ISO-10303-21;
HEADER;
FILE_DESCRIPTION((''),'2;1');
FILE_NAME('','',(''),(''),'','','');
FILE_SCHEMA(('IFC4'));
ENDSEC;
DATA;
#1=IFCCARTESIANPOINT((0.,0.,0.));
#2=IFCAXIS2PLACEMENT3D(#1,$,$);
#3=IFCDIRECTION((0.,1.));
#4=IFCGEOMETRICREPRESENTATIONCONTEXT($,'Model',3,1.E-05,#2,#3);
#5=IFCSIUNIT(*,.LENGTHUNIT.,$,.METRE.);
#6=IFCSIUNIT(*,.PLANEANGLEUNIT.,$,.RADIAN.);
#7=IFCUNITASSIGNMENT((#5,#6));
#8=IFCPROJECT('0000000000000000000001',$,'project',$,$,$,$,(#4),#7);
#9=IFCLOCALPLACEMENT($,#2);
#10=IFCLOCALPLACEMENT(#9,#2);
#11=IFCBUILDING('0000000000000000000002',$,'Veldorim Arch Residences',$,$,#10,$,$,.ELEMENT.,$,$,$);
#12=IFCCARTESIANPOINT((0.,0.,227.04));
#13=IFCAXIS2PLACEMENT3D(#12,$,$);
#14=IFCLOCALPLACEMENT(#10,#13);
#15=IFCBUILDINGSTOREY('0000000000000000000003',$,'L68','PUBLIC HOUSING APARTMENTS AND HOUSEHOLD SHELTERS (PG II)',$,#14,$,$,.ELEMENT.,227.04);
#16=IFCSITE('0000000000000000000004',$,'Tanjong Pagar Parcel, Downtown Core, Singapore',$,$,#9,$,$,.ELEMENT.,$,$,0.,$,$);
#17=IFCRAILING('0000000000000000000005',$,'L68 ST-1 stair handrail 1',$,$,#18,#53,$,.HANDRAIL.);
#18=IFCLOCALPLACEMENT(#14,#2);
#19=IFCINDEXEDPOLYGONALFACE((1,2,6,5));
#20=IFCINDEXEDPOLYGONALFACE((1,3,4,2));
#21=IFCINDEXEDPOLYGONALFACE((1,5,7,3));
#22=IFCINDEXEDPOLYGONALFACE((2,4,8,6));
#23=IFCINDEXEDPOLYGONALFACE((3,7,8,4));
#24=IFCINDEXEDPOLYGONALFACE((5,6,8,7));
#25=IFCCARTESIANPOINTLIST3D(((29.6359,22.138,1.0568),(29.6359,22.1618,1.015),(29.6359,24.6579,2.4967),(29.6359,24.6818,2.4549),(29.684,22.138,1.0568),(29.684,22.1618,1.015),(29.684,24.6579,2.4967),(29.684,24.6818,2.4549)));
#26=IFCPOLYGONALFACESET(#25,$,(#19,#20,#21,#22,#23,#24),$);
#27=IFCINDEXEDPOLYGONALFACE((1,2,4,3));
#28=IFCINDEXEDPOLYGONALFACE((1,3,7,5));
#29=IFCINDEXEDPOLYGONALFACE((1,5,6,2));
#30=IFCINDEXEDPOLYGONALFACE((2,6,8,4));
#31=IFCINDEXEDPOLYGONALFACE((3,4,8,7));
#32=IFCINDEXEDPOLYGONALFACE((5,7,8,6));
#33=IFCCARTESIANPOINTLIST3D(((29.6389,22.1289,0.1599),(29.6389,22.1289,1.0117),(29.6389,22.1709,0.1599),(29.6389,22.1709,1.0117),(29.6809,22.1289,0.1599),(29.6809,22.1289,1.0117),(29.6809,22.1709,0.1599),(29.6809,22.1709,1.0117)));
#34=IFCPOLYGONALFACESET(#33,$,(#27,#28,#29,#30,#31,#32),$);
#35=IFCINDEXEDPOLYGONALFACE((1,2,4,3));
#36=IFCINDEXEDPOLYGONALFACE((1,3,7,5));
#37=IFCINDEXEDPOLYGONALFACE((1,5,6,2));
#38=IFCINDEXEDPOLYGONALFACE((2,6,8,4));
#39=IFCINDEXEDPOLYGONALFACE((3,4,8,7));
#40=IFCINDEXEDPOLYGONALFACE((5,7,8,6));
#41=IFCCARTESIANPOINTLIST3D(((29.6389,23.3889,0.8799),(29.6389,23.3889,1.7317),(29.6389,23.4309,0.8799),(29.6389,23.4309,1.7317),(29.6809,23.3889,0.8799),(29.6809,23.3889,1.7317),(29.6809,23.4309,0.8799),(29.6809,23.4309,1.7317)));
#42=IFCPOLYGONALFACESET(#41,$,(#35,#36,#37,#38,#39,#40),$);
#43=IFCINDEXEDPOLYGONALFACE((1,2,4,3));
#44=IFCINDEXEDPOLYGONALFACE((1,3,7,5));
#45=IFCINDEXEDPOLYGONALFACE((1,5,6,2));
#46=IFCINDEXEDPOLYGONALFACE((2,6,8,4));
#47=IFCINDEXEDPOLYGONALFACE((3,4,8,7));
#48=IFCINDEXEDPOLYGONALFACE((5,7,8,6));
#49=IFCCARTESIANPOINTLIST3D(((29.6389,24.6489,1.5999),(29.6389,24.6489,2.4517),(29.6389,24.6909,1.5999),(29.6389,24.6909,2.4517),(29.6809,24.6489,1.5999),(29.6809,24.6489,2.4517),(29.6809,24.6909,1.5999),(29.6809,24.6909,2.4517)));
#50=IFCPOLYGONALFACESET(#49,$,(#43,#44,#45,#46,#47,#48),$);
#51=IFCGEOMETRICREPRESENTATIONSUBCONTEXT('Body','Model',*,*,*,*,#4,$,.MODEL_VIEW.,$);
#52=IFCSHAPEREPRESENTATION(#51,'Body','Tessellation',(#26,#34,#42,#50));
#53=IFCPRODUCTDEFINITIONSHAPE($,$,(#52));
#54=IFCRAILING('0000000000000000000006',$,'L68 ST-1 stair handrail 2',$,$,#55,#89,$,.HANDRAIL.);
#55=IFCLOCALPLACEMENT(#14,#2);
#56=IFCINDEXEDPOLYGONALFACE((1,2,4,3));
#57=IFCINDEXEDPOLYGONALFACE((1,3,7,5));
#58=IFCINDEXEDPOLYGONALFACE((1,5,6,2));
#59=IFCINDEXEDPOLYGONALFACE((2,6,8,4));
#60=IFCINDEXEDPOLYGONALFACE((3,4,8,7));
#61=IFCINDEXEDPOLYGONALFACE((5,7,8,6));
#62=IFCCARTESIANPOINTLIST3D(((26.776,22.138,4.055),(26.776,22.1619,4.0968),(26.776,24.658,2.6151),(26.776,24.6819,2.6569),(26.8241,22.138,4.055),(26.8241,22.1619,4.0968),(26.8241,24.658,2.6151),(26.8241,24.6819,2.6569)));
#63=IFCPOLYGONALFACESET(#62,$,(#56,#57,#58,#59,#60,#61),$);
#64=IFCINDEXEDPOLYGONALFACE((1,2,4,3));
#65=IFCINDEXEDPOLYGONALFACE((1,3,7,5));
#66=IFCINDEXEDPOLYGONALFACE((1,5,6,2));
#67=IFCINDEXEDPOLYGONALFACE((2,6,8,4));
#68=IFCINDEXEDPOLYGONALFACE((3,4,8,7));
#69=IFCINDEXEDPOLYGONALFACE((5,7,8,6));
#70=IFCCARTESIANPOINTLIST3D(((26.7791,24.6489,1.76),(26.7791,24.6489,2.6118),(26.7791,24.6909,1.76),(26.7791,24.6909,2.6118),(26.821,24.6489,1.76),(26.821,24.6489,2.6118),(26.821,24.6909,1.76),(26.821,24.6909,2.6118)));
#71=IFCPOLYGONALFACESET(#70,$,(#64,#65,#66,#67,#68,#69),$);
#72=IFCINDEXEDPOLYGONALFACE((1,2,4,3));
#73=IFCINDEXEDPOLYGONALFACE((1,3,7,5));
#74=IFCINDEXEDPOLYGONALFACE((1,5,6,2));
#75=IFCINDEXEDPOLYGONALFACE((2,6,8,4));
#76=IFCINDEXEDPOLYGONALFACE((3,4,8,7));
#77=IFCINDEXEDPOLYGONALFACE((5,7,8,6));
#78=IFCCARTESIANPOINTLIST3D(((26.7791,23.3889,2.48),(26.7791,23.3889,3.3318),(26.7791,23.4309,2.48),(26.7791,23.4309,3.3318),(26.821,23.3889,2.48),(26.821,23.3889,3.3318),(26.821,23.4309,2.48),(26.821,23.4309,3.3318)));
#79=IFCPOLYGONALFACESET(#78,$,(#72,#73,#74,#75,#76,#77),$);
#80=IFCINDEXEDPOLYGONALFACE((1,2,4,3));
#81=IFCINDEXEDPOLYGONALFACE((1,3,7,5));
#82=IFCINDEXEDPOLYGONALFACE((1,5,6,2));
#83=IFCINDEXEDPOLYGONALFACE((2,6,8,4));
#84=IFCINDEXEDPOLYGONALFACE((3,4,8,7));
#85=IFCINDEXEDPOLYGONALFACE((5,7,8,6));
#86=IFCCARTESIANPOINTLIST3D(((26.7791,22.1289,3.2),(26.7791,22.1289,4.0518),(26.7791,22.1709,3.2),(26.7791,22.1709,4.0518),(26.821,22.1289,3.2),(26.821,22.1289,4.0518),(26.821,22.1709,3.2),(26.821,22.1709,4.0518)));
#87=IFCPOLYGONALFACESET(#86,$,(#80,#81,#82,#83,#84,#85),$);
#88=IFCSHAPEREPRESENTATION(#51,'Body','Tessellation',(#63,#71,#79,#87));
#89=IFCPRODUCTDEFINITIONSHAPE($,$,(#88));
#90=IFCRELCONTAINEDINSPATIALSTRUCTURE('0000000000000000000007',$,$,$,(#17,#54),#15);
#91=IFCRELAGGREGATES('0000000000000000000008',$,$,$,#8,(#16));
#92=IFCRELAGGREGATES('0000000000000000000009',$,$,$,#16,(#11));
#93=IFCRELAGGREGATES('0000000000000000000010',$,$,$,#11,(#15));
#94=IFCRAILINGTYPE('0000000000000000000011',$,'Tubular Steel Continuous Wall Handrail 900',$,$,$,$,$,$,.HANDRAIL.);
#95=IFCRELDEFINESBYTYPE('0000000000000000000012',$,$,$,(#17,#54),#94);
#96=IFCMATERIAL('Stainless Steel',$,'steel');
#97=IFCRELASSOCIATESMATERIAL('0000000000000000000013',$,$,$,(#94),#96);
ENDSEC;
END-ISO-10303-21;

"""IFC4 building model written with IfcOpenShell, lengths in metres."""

from ifc_helpers import new_model, si_unit, direction, frame, origin, origin_2d, place, context, subcontext, project, spatial, rectangle, extrude, material, type_object, element, save


model = new_model("IFC4")

# Units and contexts
model_context = context("Model", 3, precision=1e-05, world=origin(), true_north=direction((0.0, 1.0)))
body_context = subcontext(model_context, "Body", "Model", "MODEL_VIEW")
ifc_project = project(units=[si_unit("LENGTHUNIT", "METRE"), si_unit("PLANEANGLEUNIT", "RADIAN")], contexts=[model_context])

# Site, building, storey
site_placement = place(None, origin())
site = spatial("IfcSite", under=ifc_project, at=site_placement, Name="Tanjong Pagar Parcel, Downtown Core, Singapore", CompositionType="ELEMENT", RefElevation=0.0)
building_placement = place(site_placement, origin())
building = spatial("IfcBuilding", under=site, at=building_placement, Name="Veldorim Arch Residences", CompositionType="ELEMENT")
storey_placement = place(building_placement, frame((0.0, 0.0, 227.04)))
storey = spatial("IfcBuildingStorey", under=building, at=storey_placement, Name="L68", Description="PUBLIC HOUSING APARTMENTS AND HOUSEHOLD SHELTERS (PG II)", CompositionType="ELEMENT", Elevation=227.04)

# Railings
ifc_material_1 = material(Name="Stainless Steel", Category="steel")
railing_type_1 = type_object("IfcRailingType", Name="Tubular Steel Continuous Wall Handrail 900", PredefinedType="HANDRAIL", material=ifc_material_1)
railing_1_placement = place(storey_placement, frame((29.6599, 22.1499, 0.1599)))
element("IfcRailing", 1, at=railing_1_placement, inside=storey, type_object=railing_type_1, Name="L68 ST-1 stair handrail 1", PredefinedType="HANDRAIL", context=body_context, shape_type="SweptSolid", body=[
    extrude(rectangle(XDim=0.0481, YDim=0.0481, at=origin_2d()), frame((0.0, 0.0, 0.876), z_axis=(0.0, 0.868253, 0.496121), x_axis=(-1.0, 0.0, 0.0)), (0.0, 0.0, 1.0), 2.9023),
    extrude(rectangle(XDim=0.042, YDim=0.042, at=origin_2d()), origin(), (0.0, 0.0, 1.0), 0.8518),
    extrude(rectangle(XDim=0.042, YDim=0.042, at=origin_2d()), frame((0.0, 1.26, 0.72)), (0.0, 0.0, 1.0), 0.8518),
    extrude(rectangle(XDim=0.042, YDim=0.042, at=origin_2d()), frame((0.0, 2.52, 1.4399)), (0.0, 0.0, 1.0), 0.8518),
])
railing_2_placement = place(storey_placement, frame((26.8, 24.6699, 1.76)))
element("IfcRailing", 2, at=railing_2_placement, inside=storey, type_object=railing_type_1, Name="L68 ST-1 stair handrail 2", PredefinedType="HANDRAIL", context=body_context, shape_type="SweptSolid", body=[
    extrude(rectangle(XDim=0.0481, YDim=0.0481, at=origin_2d()), frame((0.0, 0.0, 0.876), z_axis=(0.0, -0.868253, 0.496121), x_axis=(1.0, 0.0, 0.0)), (0.0, 0.0, 1.0), 2.9023),
    extrude(rectangle(XDim=0.042, YDim=0.042, at=origin_2d()), origin(), (0.0, 0.0, 1.0), 0.8518),
    extrude(rectangle(XDim=0.042, YDim=0.042, at=origin_2d()), frame((0.0, -1.26, 0.72)), (0.0, 0.0, 1.0), 0.8518),
    extrude(rectangle(XDim=0.042, YDim=0.042, at=origin_2d()), frame((0.0, -2.52, 1.4399)), (0.0, 0.0, 1.0), 0.8518),
])

save(model, "model.ifc")
